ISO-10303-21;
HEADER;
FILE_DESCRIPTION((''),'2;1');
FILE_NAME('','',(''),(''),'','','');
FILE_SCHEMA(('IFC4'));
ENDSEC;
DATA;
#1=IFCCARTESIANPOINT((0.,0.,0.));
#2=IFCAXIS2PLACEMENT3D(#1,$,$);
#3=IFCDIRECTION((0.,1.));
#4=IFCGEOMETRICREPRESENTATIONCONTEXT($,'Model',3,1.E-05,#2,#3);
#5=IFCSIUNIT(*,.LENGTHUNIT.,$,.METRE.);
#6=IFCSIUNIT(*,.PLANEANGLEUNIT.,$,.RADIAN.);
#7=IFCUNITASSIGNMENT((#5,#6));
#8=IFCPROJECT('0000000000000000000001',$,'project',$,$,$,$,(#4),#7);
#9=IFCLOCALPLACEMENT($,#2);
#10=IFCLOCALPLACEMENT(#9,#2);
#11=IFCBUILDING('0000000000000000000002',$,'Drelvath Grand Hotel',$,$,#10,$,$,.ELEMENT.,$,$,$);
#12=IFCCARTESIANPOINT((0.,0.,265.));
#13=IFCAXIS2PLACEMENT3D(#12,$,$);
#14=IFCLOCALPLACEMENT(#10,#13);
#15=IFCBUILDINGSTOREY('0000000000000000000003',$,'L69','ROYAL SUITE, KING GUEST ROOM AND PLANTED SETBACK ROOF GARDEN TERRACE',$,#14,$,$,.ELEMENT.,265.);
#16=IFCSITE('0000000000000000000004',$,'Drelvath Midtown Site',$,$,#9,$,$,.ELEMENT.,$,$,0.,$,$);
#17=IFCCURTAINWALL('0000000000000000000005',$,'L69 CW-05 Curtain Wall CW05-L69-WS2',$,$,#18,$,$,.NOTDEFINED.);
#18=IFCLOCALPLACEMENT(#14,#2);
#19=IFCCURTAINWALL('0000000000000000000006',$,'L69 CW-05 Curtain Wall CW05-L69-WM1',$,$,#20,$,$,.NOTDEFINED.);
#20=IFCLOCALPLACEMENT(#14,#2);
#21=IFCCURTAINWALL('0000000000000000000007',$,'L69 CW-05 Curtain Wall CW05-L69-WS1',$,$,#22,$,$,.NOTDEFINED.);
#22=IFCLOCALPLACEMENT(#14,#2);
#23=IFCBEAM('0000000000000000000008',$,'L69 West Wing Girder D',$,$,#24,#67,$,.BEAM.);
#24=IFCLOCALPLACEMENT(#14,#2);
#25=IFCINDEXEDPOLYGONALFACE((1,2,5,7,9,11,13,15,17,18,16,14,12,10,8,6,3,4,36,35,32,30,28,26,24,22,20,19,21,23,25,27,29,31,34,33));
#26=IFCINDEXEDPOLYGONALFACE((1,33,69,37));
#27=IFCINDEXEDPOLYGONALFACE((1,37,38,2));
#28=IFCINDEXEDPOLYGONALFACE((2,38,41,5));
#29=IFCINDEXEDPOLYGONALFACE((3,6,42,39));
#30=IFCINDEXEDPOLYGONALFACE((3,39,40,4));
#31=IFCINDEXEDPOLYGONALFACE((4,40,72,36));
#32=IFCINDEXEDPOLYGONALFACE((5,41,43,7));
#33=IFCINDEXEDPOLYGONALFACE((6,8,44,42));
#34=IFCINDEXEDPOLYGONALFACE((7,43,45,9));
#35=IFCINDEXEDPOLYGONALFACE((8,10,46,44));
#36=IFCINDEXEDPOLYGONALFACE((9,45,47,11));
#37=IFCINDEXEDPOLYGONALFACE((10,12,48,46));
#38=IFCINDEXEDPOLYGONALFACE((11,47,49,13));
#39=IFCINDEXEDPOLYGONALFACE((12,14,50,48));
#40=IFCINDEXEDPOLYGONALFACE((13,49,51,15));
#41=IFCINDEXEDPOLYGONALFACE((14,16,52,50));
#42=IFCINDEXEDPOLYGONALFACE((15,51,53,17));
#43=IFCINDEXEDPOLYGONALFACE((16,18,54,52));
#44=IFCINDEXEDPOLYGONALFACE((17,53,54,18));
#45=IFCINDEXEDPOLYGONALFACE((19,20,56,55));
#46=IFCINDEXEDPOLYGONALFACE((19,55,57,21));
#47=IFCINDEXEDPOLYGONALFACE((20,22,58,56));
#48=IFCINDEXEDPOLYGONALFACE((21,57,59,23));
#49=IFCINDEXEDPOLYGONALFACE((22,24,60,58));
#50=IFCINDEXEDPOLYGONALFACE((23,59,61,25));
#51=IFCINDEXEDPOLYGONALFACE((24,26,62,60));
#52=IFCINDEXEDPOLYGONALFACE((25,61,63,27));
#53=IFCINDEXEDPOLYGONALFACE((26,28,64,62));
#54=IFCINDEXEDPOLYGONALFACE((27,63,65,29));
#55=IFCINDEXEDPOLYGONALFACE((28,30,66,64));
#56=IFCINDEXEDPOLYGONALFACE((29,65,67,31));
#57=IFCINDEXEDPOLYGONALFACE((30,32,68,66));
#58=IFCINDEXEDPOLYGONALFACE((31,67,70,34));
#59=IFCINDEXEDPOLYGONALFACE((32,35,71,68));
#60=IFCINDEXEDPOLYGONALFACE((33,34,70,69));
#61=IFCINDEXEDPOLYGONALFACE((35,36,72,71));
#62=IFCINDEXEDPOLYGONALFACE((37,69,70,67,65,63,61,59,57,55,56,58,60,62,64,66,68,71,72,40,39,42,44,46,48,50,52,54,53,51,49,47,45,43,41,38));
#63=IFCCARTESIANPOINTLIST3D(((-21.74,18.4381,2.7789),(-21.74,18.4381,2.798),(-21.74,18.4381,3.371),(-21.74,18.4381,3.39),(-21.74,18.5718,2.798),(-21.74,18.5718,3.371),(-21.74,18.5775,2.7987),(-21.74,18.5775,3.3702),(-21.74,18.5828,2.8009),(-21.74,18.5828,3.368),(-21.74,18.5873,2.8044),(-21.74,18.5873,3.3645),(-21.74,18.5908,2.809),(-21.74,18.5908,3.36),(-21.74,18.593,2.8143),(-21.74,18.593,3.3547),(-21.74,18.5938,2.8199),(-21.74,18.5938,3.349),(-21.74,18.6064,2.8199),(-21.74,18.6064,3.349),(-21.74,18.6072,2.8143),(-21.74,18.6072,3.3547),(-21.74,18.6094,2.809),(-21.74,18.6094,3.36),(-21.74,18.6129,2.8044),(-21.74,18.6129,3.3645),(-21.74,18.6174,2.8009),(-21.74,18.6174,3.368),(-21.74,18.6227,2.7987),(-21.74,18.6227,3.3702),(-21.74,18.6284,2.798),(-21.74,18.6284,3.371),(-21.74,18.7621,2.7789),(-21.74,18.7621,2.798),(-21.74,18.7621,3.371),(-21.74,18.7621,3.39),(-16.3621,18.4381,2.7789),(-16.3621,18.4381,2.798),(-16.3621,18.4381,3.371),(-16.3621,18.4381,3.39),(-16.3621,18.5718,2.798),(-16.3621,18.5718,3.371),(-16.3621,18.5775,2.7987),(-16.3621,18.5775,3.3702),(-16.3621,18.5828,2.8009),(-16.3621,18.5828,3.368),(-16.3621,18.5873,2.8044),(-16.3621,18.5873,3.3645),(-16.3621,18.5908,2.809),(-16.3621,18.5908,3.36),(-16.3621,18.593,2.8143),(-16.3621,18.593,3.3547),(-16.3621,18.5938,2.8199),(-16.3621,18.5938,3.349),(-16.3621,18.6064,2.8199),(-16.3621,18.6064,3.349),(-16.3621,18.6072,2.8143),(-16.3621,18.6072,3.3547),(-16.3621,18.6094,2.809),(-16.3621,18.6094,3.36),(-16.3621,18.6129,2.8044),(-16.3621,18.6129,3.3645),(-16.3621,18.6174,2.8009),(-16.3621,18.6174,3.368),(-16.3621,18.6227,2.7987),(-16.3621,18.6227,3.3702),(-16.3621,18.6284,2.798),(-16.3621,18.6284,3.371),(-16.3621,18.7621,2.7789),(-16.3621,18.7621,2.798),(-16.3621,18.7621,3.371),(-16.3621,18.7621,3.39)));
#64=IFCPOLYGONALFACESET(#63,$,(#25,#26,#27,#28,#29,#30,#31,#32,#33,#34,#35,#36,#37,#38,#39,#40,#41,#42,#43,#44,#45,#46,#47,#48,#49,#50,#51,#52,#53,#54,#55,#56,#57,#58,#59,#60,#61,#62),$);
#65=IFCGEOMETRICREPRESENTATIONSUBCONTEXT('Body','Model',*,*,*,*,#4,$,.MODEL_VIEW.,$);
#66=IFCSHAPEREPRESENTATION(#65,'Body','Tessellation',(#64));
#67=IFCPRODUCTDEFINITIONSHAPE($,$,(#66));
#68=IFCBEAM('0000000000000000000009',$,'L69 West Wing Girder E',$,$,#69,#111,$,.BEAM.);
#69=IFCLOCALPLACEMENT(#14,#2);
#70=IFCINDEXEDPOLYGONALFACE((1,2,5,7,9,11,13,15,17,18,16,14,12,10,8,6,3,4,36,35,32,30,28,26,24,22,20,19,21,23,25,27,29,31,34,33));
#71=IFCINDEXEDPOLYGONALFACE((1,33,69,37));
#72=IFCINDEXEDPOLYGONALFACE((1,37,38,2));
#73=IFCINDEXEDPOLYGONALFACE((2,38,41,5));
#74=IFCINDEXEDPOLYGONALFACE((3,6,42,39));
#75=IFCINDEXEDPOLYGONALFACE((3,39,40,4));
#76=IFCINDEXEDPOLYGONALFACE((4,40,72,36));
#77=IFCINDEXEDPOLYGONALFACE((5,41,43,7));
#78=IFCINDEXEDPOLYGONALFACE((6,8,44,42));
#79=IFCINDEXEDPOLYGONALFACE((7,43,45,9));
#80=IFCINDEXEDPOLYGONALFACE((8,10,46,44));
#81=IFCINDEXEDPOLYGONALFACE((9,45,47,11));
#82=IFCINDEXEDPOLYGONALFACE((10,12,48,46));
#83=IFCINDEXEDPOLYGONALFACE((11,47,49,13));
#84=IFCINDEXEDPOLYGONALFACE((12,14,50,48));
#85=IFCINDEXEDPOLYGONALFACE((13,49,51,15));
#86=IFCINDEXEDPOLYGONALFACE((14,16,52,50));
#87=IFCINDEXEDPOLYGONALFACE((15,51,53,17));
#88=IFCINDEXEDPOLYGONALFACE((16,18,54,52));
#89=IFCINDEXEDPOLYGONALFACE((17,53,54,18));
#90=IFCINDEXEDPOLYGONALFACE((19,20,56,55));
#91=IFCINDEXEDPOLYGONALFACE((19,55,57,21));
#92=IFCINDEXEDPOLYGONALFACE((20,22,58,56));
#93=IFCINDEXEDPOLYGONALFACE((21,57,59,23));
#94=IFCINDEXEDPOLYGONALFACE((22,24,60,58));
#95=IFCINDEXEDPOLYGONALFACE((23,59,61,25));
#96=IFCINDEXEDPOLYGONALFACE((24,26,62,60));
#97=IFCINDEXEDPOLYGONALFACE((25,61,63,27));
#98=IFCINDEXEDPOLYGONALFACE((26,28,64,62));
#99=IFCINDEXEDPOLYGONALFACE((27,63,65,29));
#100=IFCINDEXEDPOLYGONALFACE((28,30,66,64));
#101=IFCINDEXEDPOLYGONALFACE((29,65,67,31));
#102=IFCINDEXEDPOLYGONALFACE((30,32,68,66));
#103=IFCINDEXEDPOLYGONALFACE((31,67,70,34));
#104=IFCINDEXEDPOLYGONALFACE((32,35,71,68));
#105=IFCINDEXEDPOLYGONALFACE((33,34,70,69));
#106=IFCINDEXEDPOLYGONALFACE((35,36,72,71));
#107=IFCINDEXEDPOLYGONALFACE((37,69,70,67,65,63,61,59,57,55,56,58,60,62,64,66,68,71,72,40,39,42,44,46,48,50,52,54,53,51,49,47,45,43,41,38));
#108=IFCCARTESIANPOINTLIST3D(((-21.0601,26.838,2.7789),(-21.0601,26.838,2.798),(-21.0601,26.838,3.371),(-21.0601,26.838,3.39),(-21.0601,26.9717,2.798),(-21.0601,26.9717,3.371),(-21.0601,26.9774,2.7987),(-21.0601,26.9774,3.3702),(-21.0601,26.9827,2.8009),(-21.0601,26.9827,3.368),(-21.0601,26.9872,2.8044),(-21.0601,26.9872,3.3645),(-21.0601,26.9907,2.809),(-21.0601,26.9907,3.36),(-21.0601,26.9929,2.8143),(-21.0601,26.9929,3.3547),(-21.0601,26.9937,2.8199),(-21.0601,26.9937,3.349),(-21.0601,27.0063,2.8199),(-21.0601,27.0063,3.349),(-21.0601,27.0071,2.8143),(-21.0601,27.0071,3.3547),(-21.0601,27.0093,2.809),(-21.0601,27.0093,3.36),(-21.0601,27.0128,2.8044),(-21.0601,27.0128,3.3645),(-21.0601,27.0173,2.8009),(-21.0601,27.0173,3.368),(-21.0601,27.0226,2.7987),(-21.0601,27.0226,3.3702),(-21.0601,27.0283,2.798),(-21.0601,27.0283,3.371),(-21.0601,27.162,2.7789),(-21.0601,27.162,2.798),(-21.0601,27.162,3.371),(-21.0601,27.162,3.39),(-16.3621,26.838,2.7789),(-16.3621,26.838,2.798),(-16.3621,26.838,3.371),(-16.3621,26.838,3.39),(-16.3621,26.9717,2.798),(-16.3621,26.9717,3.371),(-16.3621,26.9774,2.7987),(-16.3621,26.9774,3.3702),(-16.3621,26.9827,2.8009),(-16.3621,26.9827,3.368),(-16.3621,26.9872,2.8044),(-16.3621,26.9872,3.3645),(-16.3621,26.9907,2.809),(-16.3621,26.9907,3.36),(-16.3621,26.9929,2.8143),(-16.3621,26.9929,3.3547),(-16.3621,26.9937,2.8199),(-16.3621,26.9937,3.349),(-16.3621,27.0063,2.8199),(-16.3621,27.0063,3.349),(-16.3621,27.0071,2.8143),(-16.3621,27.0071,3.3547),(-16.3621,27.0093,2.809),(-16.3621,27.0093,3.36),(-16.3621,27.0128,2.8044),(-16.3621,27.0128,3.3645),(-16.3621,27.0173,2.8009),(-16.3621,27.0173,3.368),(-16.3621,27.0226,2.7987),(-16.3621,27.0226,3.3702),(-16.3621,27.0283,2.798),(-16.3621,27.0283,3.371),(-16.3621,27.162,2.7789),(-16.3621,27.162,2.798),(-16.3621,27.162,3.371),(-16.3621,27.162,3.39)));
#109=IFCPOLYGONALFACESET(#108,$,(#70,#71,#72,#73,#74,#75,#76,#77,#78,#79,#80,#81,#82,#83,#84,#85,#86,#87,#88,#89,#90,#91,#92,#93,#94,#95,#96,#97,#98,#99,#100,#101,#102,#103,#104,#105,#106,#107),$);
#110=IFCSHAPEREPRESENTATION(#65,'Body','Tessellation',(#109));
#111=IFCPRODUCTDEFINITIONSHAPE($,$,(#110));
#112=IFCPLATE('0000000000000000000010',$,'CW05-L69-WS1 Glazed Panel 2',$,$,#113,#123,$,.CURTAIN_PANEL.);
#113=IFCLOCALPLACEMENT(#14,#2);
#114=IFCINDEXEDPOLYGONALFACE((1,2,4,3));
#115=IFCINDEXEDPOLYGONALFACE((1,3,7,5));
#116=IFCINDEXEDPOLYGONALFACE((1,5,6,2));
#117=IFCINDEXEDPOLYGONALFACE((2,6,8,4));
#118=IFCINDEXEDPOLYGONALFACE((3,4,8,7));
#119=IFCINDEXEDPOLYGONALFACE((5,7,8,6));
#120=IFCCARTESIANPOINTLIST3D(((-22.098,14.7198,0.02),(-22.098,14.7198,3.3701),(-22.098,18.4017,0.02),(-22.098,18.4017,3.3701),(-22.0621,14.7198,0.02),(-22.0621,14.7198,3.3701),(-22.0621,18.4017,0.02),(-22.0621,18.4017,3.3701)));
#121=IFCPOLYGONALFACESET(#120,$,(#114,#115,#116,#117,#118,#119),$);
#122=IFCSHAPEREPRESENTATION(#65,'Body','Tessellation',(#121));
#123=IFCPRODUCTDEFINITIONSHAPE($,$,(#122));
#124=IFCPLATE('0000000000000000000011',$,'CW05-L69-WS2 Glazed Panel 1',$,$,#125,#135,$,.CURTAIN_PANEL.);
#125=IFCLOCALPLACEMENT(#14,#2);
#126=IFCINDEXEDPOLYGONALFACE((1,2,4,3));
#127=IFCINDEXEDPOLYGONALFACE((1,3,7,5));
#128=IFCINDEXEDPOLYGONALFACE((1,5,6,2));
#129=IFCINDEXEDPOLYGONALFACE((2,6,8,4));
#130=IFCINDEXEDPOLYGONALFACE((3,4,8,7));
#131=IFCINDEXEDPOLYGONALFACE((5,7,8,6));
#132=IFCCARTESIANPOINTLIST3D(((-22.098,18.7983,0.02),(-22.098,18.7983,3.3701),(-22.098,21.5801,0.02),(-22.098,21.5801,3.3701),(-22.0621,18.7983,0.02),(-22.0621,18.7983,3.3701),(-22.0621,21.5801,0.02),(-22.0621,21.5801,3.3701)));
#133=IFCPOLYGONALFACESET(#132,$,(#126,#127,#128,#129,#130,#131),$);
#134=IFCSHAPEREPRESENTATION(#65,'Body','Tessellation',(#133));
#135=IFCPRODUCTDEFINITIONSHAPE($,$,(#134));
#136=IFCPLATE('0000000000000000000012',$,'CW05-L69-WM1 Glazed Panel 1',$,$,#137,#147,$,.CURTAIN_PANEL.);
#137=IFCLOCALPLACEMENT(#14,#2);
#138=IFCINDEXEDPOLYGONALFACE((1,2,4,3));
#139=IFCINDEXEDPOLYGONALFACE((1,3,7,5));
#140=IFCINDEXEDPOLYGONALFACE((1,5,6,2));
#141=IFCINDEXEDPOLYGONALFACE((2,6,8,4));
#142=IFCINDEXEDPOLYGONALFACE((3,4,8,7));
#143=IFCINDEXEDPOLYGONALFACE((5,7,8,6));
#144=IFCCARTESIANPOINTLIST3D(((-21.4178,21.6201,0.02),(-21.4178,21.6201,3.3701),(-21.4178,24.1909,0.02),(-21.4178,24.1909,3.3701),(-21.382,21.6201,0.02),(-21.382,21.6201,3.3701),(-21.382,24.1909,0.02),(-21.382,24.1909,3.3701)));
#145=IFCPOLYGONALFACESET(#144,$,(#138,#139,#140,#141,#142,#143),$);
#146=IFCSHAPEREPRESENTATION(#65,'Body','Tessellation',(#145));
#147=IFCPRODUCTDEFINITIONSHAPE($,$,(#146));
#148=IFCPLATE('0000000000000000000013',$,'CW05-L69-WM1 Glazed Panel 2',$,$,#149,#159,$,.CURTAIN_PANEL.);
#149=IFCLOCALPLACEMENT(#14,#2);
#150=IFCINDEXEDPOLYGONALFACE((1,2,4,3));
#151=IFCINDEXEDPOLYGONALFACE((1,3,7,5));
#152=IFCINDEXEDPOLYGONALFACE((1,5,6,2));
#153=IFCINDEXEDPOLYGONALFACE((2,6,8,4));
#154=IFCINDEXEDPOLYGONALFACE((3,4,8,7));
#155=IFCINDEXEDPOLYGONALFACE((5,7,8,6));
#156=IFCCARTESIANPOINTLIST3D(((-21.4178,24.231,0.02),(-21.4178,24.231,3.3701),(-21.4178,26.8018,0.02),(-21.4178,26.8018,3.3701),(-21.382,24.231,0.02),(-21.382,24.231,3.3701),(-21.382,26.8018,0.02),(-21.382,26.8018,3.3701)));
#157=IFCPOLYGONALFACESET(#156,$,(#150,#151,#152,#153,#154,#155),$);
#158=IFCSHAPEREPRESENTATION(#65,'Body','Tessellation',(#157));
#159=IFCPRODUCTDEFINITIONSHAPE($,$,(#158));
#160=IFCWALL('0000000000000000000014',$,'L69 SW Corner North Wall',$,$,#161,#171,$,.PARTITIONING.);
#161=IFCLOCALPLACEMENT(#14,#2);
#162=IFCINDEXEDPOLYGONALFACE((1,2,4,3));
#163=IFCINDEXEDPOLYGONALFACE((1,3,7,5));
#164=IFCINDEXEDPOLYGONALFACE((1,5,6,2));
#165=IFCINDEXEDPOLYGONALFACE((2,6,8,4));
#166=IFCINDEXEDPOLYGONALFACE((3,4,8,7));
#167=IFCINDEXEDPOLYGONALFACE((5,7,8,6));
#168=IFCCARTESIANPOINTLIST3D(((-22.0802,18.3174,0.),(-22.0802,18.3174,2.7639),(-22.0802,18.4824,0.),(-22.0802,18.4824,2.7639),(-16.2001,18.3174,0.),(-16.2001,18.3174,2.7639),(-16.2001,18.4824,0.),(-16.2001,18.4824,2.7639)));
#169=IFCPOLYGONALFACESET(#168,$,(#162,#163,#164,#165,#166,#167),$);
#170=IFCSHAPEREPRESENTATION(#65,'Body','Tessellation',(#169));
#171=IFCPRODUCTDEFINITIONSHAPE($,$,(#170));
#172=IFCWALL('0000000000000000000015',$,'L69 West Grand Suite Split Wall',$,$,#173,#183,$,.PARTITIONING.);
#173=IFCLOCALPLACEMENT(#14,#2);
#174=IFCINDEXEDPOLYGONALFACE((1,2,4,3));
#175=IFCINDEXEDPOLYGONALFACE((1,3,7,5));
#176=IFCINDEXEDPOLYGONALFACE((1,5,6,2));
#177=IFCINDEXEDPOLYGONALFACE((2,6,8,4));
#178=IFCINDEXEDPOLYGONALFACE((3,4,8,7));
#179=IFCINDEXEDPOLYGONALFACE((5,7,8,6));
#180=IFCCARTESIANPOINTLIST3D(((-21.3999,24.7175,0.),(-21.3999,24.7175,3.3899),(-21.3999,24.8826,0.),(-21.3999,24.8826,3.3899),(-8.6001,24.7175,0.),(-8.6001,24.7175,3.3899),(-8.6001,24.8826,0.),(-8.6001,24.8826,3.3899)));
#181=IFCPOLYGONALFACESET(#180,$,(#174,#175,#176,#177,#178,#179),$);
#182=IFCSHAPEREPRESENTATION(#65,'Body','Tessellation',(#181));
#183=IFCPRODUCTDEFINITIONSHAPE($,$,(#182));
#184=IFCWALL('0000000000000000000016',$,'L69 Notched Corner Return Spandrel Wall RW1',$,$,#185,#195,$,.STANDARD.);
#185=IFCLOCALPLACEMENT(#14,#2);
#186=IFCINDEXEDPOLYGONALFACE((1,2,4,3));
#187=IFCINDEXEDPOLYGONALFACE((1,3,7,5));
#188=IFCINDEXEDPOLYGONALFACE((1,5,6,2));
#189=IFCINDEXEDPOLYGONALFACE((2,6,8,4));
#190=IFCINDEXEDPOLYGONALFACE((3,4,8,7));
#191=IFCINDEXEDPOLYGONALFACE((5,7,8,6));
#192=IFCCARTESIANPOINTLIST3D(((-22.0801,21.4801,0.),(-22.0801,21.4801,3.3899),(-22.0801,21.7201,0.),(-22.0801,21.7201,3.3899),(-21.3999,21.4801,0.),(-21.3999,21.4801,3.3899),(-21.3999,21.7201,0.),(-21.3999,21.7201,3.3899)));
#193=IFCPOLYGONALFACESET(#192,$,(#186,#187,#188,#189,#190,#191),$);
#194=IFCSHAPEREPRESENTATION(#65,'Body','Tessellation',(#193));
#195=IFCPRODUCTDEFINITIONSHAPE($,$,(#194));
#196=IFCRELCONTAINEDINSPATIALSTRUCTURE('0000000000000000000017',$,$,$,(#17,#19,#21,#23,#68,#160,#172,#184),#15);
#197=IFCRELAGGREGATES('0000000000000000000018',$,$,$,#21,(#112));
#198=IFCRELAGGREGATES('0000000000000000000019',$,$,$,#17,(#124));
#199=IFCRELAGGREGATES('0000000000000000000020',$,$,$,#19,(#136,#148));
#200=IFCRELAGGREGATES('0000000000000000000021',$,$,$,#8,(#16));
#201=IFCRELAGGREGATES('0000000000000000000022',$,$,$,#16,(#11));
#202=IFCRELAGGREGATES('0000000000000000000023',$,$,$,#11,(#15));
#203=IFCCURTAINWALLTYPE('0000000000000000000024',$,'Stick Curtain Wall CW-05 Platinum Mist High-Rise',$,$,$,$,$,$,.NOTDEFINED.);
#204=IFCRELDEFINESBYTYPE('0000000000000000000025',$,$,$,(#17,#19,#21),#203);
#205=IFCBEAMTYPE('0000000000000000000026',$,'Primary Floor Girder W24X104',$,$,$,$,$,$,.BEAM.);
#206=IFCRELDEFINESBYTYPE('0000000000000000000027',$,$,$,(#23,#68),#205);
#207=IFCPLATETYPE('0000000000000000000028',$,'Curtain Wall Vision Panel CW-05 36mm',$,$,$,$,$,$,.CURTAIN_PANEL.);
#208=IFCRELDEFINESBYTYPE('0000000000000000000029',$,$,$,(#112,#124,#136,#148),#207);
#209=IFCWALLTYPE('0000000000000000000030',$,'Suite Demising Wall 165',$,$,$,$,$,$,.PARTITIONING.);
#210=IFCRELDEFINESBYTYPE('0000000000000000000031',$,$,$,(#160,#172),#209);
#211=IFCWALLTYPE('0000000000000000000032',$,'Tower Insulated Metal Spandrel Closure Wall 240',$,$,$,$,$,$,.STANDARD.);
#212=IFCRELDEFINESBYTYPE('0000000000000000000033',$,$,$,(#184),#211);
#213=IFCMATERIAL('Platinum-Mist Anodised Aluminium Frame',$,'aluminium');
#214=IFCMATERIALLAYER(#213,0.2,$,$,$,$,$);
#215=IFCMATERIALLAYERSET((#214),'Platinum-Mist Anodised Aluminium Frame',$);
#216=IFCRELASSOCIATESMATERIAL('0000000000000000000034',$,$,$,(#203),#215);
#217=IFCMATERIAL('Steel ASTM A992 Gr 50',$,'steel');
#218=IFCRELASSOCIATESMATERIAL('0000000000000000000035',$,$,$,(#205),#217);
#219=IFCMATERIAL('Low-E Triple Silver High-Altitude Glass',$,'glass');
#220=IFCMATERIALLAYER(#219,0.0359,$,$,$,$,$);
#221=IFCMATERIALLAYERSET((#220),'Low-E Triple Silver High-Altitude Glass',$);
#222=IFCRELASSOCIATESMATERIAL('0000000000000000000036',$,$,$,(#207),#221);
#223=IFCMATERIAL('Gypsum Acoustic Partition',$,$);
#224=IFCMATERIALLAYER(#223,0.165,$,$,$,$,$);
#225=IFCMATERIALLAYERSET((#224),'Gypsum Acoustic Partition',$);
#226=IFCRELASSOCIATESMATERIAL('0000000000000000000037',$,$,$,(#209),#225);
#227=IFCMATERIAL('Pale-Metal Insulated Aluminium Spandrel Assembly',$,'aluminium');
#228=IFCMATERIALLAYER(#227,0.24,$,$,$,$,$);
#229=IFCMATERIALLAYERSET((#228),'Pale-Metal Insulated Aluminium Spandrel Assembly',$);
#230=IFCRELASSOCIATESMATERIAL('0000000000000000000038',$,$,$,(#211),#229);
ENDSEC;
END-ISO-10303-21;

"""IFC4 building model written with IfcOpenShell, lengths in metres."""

from ifc_helpers import new_model, si_unit, direction, frame, frame_2d, origin, origin_2d, place, context, subcontext, project, spatial, rectangle, i_section, extrude, material, layer, layer_set, material_profile, profile_set, type_object, element, aggregate, save


model = new_model("IFC4")

# Units and contexts
model_context = context("Model", 3, precision=1e-05, world=origin(), true_north=direction((0.0, 1.0)))
body_context = subcontext(model_context, "Body", "Model", "MODEL_VIEW")
ifc_project = project(units=[si_unit("LENGTHUNIT", "METRE"), si_unit("PLANEANGLEUNIT", "RADIAN")], contexts=[model_context])

# Site, building, storey
site_placement = place(None, origin())
site = spatial("IfcSite", under=ifc_project, at=site_placement, Name="Drelvath Midtown Site", CompositionType="ELEMENT", RefElevation=0.0)
building_placement = place(site_placement, origin())
building = spatial("IfcBuilding", under=site, at=building_placement, Name="Drelvath Grand Hotel", CompositionType="ELEMENT")
storey_placement = place(building_placement, frame((0.0, 0.0, 265.0)))
storey = spatial("IfcBuildingStorey", under=building, at=storey_placement, Name="L69", Description="ROYAL SUITE, KING GUEST ROOM AND PLANTED SETBACK ROOF GARDEN TERRACE", CompositionType="ELEMENT", Elevation=265.0)

# Shared definitions
ifc_material_1 = material(Name="Steel ASTM A992 Gr 50", Category="steel")

# Curtain walls
ifc_material_2 = material(Name="Platinum-Mist Anodised Aluminium Frame", Category="aluminium")
ifc_layer_1 = layer(ifc_material_2, 0.2)
ifc_layer_set_1 = layer_set([ifc_layer_1], Name="Platinum-Mist Anodised Aluminium Frame")
curtain_wall_type = type_object("IfcCurtainWallType", Name="Stick Curtain Wall CW-05 Platinum Mist High-Rise", PredefinedType="NOTDEFINED", material=ifc_layer_set_1)
curtain_wall_1_placement = place(storey_placement, origin())
curtain_wall_1 = element("IfcCurtainWall", 1, at=curtain_wall_1_placement, inside=storey, type_object=curtain_wall_type, Name="L69 CW-05 Curtain Wall CW05-L69-WS2", PredefinedType="NOTDEFINED")
curtain_wall_2_placement = place(storey_placement, origin())
curtain_wall_2 = element("IfcCurtainWall", 2, at=curtain_wall_2_placement, inside=storey, type_object=curtain_wall_type, Name="L69 CW-05 Curtain Wall CW05-L69-WM1", PredefinedType="NOTDEFINED")

# Curtain wall
curtain_wall_3_placement = place(storey_placement, origin())
curtain_wall_3 = element("IfcCurtainWall", 3, at=curtain_wall_3_placement, inside=storey, type_object=curtain_wall_type, Name="L69 CW-05 Curtain Wall CW05-L69-WS1", PredefinedType="NOTDEFINED")

# Beams
ifc_material_profile_1 = material_profile(ifc_material_1, i_section(OverallWidth=0.324, OverallDepth=0.6111, WebThickness=0.0127, FlangeThickness=0.019, FilletRadius=0.022, at=origin_2d()), Name="W24X104")
ifc_profile_set_1 = profile_set([ifc_material_profile_1], Name="Steel ASTM A992 Gr 50")
beam_type_1 = type_object("IfcBeamType", Name="Primary Floor Girder W24X104", PredefinedType="BEAM", material=ifc_profile_set_1)
beam_1_placement = place(storey_placement, frame((-21.74, 18.6001, 3.0845), z_axis=(1.0, 0.0, 0.0), x_axis=(0.0, 1.0, 0.0)))
element("IfcBeam", 4, at=beam_1_placement, inside=storey, type_object=beam_type_1, Name="L69 West Wing Girder D", PredefinedType="BEAM", context=body_context, shape_type="SweptSolid", body=[
    extrude(i_section(OverallWidth=0.324, OverallDepth=0.6111, WebThickness=0.0127, FlangeThickness=0.019, FilletRadius=0.022, at=origin_2d()), origin(), (0.0, 0.0, 1.0), 5.3779),
])
beam_2_placement = place(storey_placement, frame((-21.0601, 27.0, 3.0845), z_axis=(1.0, 0.0, 0.0), x_axis=(0.0, 1.0, 0.0)))
element("IfcBeam", 5, at=beam_2_placement, inside=storey, type_object=beam_type_1, Name="L69 West Wing Girder E", PredefinedType="BEAM", context=body_context, shape_type="SweptSolid", body=[
    extrude(i_section(OverallWidth=0.324, OverallDepth=0.6111, WebThickness=0.0127, FlangeThickness=0.019, FilletRadius=0.022, at=origin_2d()), origin(), (0.0, 0.0, 1.0), 4.698),
])

# Plates
ifc_material_3 = material(Name="Low-E Triple Silver High-Altitude Glass", Category="glass")
ifc_layer_2 = layer(ifc_material_3, 0.0359)
ifc_layer_set_2 = layer_set([ifc_layer_2], Name="Low-E Triple Silver High-Altitude Glass")
plate_type = type_object("IfcPlateType", Name="Curtain Wall Vision Panel CW-05 36mm", PredefinedType="CURTAIN_PANEL", material=ifc_layer_set_2)
plate_1_placement = place(storey_placement, frame((-22.0801, 16.5608, 0.02), z_axis=(0.0, 0.0, 1.0), x_axis=(0.0, 1.0, 0.0)))
plate_1 = element("IfcPlate", 6, at=plate_1_placement, type_object=plate_type, Name="CW05-L69-WS1 Glazed Panel 2", PredefinedType="CURTAIN_PANEL", context=body_context, shape_type="SweptSolid", body=[
    extrude(rectangle(XDim=3.6819, YDim=0.0359, at=origin_2d()), origin(), (0.0, 0.0, 1.0), 3.3501),
])
aggregate(curtain_wall_3, [plate_1])
plate_2_placement = place(storey_placement, frame((-22.0801, 20.1892, 0.02), z_axis=(0.0, 0.0, 1.0), x_axis=(0.0, 1.0, 0.0)))
plate_2 = element("IfcPlate", 7, at=plate_2_placement, type_object=plate_type, Name="CW05-L69-WS2 Glazed Panel 1", PredefinedType="CURTAIN_PANEL", context=body_context, shape_type="SweptSolid", body=[
    extrude(rectangle(XDim=2.7817, YDim=0.0359, at=origin_2d()), origin(), (0.0, 0.0, 1.0), 3.3501),
])
aggregate(curtain_wall_1, [plate_2])
plate_3_placement = place(storey_placement, frame((-21.3999, 22.9055, 0.02), z_axis=(0.0, 0.0, 1.0), x_axis=(0.0, 1.0, 0.0)))
plate_3 = element("IfcPlate", 8, at=plate_3_placement, type_object=plate_type, Name="CW05-L69-WM1 Glazed Panel 1", PredefinedType="CURTAIN_PANEL", context=body_context, shape_type="SweptSolid", body=[
    extrude(rectangle(XDim=2.5708, YDim=0.0359, at=origin_2d()), origin(), (0.0, 0.0, 1.0), 3.3501),
])
plate_4_placement = place(storey_placement, frame((-21.3999, 25.5164, 0.02), z_axis=(0.0, 0.0, 1.0), x_axis=(0.0, 1.0, 0.0)))
plate_4 = element("IfcPlate", 9, at=plate_4_placement, type_object=plate_type, Name="CW05-L69-WM1 Glazed Panel 2", PredefinedType="CURTAIN_PANEL", context=body_context, shape_type="SweptSolid", body=[
    extrude(rectangle(XDim=2.5708, YDim=0.0359, at=origin_2d()), origin(), (0.0, 0.0, 1.0), 3.3501),
])
aggregate(curtain_wall_2, [plate_3, plate_4])

# Walls
ifc_material_4 = material(Name="Gypsum Acoustic Partition")
ifc_layer_3 = layer(ifc_material_4, 0.165)
ifc_layer_set_3 = layer_set([ifc_layer_3], Name="Gypsum Acoustic Partition")
wall_type_1 = type_object("IfcWallType", Name="Suite Demising Wall 165", PredefinedType="PARTITIONING", material=ifc_layer_set_3)
wall_1_placement = place(storey_placement, frame((-22.0801, 18.3999, 0.0), z_axis=(0.0, 0.0, 1.0), x_axis=(1.0, 0.0, 0.0)))
element("IfcWall", 10, at=wall_1_placement, inside=storey, type_object=wall_type_1, Name="L69 SW Corner North Wall", PredefinedType="PARTITIONING", context=body_context, shape_type="SweptSolid", body=[
    extrude(rectangle(XDim=5.8801, YDim=0.165, at=frame_2d((2.9399, 0.0))), origin(), (0.0, 0.0, 1.0), 2.7639),
])
wall_2_placement = place(storey_placement, frame((-21.3999, 24.8, 0.0), z_axis=(0.0, 0.0, 1.0), x_axis=(1.0, 0.0, 0.0)))
element("IfcWall", 11, at=wall_2_placement, inside=storey, type_object=wall_type_1, Name="L69 West Grand Suite Split Wall", PredefinedType="PARTITIONING", context=body_context, shape_type="SweptSolid", body=[
    extrude(rectangle(XDim=12.7998, YDim=0.165, at=frame_2d((6.3999, 0.0))), origin(), (0.0, 0.0, 1.0), 3.3899),
])
ifc_material_5 = material(Name="Pale-Metal Insulated Aluminium Spandrel Assembly", Category="aluminium")
ifc_layer_4 = layer(ifc_material_5, 0.24)
ifc_layer_set_4 = layer_set([ifc_layer_4], Name="Pale-Metal Insulated Aluminium Spandrel Assembly")
wall_type_2 = type_object("IfcWallType", Name="Tower Insulated Metal Spandrel Closure Wall 240", PredefinedType="STANDARD", material=ifc_layer_set_4)
wall_3_placement = place(storey_placement, frame((-22.0801, 21.6001, 0.0), z_axis=(0.0, 0.0, 1.0), x_axis=(1.0, 0.0, 0.0)))
element("IfcWall", 12, at=wall_3_placement, inside=storey, type_object=wall_type_2, Name="L69 Notched Corner Return Spandrel Wall RW1", PredefinedType="STANDARD", context=body_context, shape_type="SweptSolid", body=[
    extrude(rectangle(XDim=0.6802, YDim=0.24, at=frame_2d((0.3401, 0.0))), origin(), (0.0, 0.0, 1.0), 3.3899),
])

save(model, "model.ifc")
